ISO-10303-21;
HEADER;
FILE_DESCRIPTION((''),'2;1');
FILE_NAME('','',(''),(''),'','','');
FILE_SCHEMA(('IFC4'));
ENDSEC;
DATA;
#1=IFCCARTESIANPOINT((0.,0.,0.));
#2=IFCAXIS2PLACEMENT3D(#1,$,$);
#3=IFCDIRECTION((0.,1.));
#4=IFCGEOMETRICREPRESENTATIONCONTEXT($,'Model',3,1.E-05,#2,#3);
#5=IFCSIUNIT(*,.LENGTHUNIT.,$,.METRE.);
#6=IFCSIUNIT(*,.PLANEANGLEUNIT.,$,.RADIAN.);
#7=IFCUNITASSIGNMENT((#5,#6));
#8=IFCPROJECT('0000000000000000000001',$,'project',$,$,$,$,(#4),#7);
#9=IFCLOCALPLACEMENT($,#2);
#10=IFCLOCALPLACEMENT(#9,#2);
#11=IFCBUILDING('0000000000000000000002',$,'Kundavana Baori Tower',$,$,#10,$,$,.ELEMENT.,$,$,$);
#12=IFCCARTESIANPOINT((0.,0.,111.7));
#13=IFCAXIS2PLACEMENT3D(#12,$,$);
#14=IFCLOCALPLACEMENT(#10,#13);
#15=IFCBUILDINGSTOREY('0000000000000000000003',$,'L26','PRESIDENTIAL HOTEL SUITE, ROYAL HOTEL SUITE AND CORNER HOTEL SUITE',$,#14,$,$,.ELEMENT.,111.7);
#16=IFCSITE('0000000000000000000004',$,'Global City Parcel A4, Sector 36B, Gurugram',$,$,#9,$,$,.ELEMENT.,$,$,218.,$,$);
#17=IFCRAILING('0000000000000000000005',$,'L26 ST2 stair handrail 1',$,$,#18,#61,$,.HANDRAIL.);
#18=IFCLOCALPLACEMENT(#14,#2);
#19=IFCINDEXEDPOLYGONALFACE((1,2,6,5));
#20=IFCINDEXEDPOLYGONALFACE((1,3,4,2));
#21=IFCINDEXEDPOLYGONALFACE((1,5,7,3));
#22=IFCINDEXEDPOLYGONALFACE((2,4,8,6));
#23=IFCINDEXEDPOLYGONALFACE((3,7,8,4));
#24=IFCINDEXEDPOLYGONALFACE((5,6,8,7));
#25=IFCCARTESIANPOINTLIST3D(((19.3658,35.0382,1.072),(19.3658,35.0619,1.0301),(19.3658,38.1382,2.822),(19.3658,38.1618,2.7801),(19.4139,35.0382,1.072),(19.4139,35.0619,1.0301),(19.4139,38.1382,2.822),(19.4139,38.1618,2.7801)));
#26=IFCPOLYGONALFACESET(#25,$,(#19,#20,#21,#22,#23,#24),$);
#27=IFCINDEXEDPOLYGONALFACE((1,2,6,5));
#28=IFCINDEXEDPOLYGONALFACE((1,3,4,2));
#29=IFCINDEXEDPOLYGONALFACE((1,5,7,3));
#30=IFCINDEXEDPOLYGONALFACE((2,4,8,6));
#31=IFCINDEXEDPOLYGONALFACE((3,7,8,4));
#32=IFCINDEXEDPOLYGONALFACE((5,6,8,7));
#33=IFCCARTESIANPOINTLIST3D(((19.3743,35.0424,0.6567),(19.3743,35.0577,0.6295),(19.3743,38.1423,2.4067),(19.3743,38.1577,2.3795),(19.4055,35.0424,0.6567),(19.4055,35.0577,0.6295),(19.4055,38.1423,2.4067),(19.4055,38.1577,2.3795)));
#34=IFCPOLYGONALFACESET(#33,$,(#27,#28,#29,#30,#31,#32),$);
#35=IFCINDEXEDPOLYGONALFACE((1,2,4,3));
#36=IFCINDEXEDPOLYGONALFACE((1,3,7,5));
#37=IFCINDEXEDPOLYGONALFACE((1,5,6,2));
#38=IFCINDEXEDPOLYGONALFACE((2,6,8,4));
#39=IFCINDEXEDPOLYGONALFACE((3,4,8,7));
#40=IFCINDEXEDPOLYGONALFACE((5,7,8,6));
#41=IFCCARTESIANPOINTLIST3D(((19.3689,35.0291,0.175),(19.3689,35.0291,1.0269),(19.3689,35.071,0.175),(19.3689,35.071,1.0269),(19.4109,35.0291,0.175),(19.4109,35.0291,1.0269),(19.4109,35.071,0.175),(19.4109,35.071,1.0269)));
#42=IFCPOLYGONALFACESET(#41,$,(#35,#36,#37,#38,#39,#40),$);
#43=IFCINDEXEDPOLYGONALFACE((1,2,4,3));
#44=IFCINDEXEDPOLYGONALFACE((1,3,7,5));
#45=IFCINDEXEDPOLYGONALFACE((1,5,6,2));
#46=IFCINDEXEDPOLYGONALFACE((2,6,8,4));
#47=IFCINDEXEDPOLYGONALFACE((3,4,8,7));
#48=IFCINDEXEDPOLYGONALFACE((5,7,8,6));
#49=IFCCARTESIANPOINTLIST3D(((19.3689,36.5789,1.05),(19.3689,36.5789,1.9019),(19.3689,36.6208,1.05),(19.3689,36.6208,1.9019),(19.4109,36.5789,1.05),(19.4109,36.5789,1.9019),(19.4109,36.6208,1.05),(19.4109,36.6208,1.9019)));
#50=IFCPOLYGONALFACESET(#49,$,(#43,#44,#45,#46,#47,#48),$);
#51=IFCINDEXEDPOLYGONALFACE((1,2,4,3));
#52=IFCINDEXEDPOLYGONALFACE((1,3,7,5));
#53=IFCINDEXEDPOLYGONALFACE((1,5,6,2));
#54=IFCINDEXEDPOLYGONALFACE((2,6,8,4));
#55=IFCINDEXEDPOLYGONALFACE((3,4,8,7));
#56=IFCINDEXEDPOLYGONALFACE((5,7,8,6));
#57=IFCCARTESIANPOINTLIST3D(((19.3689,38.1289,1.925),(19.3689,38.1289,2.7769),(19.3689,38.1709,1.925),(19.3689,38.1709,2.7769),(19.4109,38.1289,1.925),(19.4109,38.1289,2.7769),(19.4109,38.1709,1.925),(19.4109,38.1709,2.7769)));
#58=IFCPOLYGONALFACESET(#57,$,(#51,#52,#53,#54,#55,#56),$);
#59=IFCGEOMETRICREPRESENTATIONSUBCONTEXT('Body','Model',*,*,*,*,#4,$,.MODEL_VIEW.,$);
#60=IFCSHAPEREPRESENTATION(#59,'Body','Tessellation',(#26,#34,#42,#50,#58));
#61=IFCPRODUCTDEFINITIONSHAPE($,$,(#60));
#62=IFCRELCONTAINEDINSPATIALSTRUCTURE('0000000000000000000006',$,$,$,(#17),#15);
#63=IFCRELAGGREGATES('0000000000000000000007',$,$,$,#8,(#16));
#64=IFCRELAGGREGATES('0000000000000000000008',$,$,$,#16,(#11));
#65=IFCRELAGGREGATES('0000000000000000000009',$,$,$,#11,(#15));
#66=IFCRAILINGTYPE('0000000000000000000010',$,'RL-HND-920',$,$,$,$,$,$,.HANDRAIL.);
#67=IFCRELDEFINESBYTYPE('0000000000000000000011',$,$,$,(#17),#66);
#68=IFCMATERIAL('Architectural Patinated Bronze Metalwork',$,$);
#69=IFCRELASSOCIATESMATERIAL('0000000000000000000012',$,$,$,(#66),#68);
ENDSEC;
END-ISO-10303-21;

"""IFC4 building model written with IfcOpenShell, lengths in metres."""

from ifc_helpers import new_model, si_unit, direction, frame, origin, origin_2d, place, context, subcontext, project, spatial, rectangle, extrude, material, type_object, element, save


model = new_model("IFC4")

# Units and contexts
model_context = context("Model", 3, precision=1e-05, world=origin(), true_north=direction((0.0, 1.0)))
body_context = subcontext(model_context, "Body", "Model", "MODEL_VIEW")
ifc_project = project(units=[si_unit("LENGTHUNIT", "METRE"), si_unit("PLANEANGLEUNIT", "RADIAN")], contexts=[model_context])

# Site, building, storey
site_placement = place(None, origin())
site = spatial("IfcSite", under=ifc_project, at=site_placement, Name="Global City Parcel A4, Sector 36B, Gurugram", CompositionType="ELEMENT", RefElevation=218.0)
building_placement = place(site_placement, origin())
building = spatial("IfcBuilding", under=site, at=building_placement, Name="Kundavana Baori Tower", CompositionType="ELEMENT")
storey_placement = place(building_placement, frame((0.0, 0.0, 111.7)))
storey = spatial("IfcBuildingStorey", under=building, at=storey_placement, Name="L26", Description="PRESIDENTIAL HOTEL SUITE, ROYAL HOTEL SUITE AND CORNER HOTEL SUITE", CompositionType="ELEMENT", Elevation=111.7)

# Railing
ifc_material_1 = material(Name="Architectural Patinated Bronze Metalwork")
railing_type_1 = type_object("IfcRailingType", Name="RL-HND-920", PredefinedType="HANDRAIL", material=ifc_material_1)
railing_1_placement = place(storey_placement, frame((19.3899, 35.05, 0.175)))
element("IfcRailing", 1, at=railing_1_placement, inside=storey, type_object=railing_type_1, Name="L26 ST2 stair handrail 1", PredefinedType="HANDRAIL", context=body_context, shape_type="SweptSolid", body=[
    extrude(rectangle(XDim=0.0481, YDim=0.0481, at=origin_2d()), frame((0.0, 0.0, 0.876), z_axis=(0.0, 0.870814, 0.491612), x_axis=(-1.0, 0.0, 0.0)), (0.0, 0.0, 1.0), 3.5598),
    extrude(rectangle(XDim=0.0312, YDim=0.0312, at=origin_2d()), frame((0.0, 0.0, 0.468), z_axis=(0.0, 0.870814, 0.491612), x_axis=(-1.0, 0.0, 0.0)), (0.0, 0.0, 1.0), 3.5598),
    extrude(rectangle(XDim=0.042, YDim=0.042, at=origin_2d()), origin(), (0.0, 0.0, 1.0), 0.8518),
    extrude(rectangle(XDim=0.042, YDim=0.042, at=origin_2d()), frame((0.0, 1.5498, 0.875)), (0.0, 0.0, 1.0), 0.8518),
    extrude(rectangle(XDim=0.042, YDim=0.042, at=origin_2d()), frame((0.0, 3.0999, 1.75)), (0.0, 0.0, 1.0), 0.8518),
])

save(model, "model.ifc")
